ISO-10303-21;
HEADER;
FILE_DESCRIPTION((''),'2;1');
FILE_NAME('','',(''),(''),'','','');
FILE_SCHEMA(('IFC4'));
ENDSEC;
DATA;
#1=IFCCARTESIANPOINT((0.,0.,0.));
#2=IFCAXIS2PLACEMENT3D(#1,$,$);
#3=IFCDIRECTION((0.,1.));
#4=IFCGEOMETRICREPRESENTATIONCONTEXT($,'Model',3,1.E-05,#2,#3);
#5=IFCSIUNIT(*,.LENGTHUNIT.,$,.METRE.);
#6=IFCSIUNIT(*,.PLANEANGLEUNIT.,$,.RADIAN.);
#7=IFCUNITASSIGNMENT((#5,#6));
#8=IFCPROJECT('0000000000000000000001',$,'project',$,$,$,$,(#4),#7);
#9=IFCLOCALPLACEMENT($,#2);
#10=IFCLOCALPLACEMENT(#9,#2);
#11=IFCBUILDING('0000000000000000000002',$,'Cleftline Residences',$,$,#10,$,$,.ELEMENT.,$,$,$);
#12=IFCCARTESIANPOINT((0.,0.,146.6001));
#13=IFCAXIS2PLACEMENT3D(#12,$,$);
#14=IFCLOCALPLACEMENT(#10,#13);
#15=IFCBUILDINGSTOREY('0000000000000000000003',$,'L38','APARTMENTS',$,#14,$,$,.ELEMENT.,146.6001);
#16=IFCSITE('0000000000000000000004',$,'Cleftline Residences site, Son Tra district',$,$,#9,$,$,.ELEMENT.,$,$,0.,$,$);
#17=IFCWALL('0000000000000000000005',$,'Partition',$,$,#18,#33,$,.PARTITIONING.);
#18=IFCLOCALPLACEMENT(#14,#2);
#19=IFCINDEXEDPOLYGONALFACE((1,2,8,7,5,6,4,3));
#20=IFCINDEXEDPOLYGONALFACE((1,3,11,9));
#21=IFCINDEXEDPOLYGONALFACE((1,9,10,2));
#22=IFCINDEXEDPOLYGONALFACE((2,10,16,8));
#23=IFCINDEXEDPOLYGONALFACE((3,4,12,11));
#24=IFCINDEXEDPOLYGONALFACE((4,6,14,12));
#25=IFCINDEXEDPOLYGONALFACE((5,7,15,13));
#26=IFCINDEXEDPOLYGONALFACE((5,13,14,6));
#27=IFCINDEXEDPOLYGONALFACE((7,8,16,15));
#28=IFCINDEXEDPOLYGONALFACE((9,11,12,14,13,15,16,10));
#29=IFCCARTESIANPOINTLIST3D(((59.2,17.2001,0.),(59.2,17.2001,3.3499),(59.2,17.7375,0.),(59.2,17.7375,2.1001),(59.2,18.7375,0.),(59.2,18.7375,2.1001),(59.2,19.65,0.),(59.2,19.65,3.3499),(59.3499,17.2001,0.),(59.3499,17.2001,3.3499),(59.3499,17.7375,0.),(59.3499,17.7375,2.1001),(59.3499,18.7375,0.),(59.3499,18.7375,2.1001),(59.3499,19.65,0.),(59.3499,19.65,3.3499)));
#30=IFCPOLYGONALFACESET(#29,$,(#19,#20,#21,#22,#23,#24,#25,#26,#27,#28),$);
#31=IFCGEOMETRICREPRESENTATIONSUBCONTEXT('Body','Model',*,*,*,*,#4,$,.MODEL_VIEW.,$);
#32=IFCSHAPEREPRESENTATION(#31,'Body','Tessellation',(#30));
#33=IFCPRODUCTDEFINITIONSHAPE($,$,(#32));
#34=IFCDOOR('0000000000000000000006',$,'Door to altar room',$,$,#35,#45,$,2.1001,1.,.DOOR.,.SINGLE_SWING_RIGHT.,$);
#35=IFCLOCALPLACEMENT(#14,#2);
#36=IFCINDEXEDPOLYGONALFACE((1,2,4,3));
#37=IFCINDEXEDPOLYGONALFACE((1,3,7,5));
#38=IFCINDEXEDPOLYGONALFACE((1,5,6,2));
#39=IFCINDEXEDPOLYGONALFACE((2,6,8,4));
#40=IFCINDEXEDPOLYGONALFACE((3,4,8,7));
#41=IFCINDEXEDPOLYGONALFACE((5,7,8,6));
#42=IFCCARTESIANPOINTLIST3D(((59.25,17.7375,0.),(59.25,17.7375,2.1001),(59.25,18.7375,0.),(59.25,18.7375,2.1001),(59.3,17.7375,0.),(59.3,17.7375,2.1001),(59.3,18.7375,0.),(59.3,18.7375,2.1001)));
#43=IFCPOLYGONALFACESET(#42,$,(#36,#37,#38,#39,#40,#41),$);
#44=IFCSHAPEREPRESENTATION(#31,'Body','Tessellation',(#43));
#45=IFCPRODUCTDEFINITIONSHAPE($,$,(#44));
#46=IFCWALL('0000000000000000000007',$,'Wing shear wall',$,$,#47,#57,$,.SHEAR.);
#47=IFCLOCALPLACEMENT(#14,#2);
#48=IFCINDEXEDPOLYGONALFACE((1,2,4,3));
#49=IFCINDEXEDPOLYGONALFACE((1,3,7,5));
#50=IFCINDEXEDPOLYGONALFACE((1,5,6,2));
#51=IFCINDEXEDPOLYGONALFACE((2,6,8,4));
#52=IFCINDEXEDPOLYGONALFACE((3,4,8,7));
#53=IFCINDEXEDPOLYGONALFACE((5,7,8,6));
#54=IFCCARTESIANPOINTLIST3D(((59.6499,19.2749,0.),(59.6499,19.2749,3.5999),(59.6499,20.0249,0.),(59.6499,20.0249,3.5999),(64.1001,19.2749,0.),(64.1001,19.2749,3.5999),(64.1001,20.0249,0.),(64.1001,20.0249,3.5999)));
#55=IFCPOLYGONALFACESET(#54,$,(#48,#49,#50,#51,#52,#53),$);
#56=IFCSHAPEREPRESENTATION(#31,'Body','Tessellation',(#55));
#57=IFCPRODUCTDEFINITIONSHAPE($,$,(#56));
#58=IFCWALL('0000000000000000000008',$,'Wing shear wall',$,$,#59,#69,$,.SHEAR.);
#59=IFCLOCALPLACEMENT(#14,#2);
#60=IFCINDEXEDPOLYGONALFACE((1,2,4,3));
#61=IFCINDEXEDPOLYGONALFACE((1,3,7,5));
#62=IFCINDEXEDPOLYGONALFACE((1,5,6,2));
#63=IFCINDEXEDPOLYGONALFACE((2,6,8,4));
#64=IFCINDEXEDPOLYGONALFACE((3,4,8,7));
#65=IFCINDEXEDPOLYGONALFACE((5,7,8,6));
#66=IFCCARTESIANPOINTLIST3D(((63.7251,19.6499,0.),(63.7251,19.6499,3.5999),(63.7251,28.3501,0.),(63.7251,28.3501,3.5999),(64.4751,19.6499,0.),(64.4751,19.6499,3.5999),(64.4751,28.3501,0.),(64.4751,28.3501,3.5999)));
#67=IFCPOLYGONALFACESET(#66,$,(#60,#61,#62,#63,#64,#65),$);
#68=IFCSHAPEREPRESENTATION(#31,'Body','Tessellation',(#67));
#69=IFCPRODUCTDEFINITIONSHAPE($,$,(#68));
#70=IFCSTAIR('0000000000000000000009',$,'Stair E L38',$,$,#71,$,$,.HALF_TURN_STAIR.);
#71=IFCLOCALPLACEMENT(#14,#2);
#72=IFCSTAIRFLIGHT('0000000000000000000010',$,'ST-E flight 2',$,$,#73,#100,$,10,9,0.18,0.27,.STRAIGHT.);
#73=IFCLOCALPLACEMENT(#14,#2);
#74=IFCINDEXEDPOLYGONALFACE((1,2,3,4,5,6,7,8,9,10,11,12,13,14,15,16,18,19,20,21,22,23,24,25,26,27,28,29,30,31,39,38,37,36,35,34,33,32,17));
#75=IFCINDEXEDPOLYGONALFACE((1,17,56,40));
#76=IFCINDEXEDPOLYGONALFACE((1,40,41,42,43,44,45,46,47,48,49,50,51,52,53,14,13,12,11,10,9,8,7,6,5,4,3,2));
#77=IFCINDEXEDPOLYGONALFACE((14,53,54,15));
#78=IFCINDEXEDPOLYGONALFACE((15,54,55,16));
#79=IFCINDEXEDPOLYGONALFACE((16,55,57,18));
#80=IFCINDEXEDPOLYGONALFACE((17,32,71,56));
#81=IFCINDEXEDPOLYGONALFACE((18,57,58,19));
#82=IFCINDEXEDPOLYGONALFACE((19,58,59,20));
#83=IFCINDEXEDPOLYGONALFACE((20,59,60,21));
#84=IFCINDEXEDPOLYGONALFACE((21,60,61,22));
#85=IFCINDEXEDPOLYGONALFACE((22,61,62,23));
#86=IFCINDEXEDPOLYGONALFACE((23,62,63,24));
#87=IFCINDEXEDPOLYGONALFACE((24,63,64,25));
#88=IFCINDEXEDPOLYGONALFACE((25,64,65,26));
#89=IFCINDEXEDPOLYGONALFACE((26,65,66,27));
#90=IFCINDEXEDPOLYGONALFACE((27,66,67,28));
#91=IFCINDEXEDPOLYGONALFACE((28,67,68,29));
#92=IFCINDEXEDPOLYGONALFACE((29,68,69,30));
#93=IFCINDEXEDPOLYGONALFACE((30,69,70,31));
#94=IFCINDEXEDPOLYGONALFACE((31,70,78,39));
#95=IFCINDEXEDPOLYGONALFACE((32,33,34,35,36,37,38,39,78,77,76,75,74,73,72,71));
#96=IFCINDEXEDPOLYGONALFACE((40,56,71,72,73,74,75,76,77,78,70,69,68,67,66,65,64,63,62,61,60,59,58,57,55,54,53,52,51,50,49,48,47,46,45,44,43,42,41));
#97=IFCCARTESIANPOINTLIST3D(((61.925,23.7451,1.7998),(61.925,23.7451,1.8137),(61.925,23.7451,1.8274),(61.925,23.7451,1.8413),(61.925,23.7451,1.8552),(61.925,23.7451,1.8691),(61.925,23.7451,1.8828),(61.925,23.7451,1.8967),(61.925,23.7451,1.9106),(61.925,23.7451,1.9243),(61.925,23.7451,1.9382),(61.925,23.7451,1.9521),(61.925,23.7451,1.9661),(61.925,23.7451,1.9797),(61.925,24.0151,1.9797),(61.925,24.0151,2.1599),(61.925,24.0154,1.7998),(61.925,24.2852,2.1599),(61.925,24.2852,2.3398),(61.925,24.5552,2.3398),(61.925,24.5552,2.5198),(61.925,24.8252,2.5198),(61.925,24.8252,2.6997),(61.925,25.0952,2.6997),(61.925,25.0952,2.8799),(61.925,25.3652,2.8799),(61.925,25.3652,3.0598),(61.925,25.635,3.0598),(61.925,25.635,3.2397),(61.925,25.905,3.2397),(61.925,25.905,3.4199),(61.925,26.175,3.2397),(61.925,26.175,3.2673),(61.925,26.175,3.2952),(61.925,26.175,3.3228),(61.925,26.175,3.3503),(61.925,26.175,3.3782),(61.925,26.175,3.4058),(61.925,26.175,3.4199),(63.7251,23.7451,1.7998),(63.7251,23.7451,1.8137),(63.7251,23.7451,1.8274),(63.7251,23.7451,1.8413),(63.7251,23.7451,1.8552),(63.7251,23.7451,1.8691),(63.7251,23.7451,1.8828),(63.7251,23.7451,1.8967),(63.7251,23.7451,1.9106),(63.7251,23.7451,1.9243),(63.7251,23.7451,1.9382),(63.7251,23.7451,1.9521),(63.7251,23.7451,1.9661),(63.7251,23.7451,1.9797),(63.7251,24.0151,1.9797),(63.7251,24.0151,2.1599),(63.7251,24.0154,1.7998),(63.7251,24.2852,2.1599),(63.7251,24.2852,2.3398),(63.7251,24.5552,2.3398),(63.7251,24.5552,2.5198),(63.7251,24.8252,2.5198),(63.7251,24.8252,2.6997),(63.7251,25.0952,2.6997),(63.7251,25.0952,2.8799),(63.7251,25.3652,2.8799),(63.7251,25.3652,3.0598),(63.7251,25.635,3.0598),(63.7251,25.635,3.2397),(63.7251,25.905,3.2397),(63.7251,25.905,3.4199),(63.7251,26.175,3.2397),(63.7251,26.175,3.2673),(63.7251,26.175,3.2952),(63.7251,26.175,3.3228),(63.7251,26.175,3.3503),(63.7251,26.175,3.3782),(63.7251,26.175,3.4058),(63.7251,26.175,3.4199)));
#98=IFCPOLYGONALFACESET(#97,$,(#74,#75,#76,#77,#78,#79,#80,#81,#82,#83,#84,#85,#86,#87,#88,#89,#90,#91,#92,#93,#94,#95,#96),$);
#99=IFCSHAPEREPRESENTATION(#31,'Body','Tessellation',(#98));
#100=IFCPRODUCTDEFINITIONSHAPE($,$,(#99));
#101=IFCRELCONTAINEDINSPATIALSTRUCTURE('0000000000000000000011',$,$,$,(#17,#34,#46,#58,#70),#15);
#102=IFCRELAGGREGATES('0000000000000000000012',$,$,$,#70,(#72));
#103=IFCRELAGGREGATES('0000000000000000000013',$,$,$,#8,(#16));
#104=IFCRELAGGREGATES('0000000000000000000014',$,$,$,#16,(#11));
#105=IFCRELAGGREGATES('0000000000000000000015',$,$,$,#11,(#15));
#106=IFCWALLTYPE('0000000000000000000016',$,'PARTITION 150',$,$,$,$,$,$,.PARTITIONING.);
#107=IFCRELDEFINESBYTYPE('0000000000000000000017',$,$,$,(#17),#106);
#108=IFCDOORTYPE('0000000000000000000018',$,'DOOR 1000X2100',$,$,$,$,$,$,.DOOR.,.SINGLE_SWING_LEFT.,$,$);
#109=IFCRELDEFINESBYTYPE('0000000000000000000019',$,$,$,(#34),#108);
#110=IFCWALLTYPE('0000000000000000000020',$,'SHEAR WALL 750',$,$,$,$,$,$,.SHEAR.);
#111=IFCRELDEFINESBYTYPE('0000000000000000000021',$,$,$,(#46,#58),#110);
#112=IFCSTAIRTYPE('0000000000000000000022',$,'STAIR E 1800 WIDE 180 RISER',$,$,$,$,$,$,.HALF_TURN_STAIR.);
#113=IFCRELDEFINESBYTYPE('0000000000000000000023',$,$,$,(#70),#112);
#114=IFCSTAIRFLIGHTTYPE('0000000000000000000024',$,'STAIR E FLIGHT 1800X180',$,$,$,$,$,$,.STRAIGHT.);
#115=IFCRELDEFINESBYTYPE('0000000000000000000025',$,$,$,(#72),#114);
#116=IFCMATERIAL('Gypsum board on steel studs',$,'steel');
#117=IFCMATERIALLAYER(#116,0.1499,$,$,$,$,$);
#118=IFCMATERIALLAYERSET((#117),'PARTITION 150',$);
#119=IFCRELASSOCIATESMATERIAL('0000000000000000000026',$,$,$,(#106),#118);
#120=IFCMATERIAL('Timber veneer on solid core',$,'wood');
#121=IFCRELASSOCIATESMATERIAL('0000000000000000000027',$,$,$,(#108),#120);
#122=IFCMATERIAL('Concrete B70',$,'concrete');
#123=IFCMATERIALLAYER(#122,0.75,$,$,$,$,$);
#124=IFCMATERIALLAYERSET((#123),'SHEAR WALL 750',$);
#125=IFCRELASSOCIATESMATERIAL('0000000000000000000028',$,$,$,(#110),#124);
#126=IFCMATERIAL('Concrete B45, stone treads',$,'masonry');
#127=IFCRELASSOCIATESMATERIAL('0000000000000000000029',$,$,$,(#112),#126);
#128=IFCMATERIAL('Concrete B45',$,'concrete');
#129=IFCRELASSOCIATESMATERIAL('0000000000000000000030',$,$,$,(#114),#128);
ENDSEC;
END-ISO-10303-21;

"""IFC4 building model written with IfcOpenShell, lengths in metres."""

from ifc_helpers import new_model, si_unit, direction, frame, frame_2d, origin, place, context, subcontext, project, spatial, polyline, rectangle, outline, extrude, material, layer, layer_set, type_object, element, fill, aggregate, save


model = new_model("IFC4")

# Units and contexts
model_context = context("Model", 3, precision=1e-05, world=origin(), true_north=direction((0.0, 1.0)))
body_context = subcontext(model_context, "Body", "Model", "MODEL_VIEW")
ifc_project = project(units=[si_unit("LENGTHUNIT", "METRE"), si_unit("PLANEANGLEUNIT", "RADIAN")], contexts=[model_context])

# Site, building, storey
site_placement = place(None, origin())
site = spatial("IfcSite", under=ifc_project, at=site_placement, Name="Cleftline Residences site, Son Tra district", CompositionType="ELEMENT", RefElevation=0.0)
building_placement = place(site_placement, origin())
building = spatial("IfcBuilding", under=site, at=building_placement, Name="Cleftline Residences", CompositionType="ELEMENT")
storey_placement = place(building_placement, frame((0.0, 0.0, 146.6001)))
storey = spatial("IfcBuildingStorey", under=building, at=storey_placement, Name="L38", Description="APARTMENTS", CompositionType="ELEMENT", Elevation=146.6001)

# Shared definitions
ifc_material_1 = material(Name="Gypsum board on steel studs", Category="steel")
ifc_layer_1 = layer(ifc_material_1, 0.1499)
ifc_layer_set_1 = layer_set([ifc_layer_1], Name="PARTITION 150")
wall_type_1 = type_object("IfcWallType", Name="PARTITION 150", PredefinedType="PARTITIONING", material=ifc_layer_set_1)

# Shared definitions
ifc_material_2 = material(Name="Timber veneer on solid core", Category="wood")
door_type_1 = type_object("IfcDoorType", Name="DOOR 1000X2100", OperationType="SINGLE_SWING_LEFT", PredefinedType="DOOR", material=ifc_material_2)

# Wall, opening, door
wall_1_placement = place(storey_placement, frame((59.2749, 17.2, 0.0), z_axis=(0.0, 0.0, 1.0), x_axis=(0.0, 1.0, 0.0)))
wall_1 = element("IfcWall", 1, at=wall_1_placement, inside=storey, type_object=wall_type_1, Name="Partition", PredefinedType="PARTITIONING", context=body_context, shape_type="SweptSolid", body=[
    extrude(rectangle(XDim=2.45, YDim=0.1499, at=frame_2d((1.2251, 0.0))), origin(), (0.0, 0.0, 1.0), 3.3499),
])
opening_1_placement = place(wall_1_placement, frame((0.5376, 0.0, 0.0)))
opening_1 = element("IfcOpeningElement", 2, at=opening_1_placement, cuts=wall_1, PredefinedType="OPENING", context=body_context, shape_type="SweptSolid", body=[
    extrude(rectangle(XDim=1.0, YDim=2.1001, at=frame_2d((0.5, 1.05))), frame((0.0, 0.085, 0.0), z_axis=(0.0, -1.0, 0.0), x_axis=(1.0, 0.0, 0.0)), (0.0, 0.0, 1.0), 0.1699),
])
door_1_placement = place(opening_1_placement, origin())
door_1 = element("IfcDoor", 3, at=door_1_placement, inside=storey, type_object=door_type_1, Name="Door to altar room", OperationType="SINGLE_SWING_RIGHT", OverallHeight=2.1001, OverallWidth=1.0, PredefinedType="DOOR", context=body_context, shape_type="SweptSolid", body=[
    extrude(rectangle(XDim=1.0, YDim=2.1001, at=frame_2d((0.5, 1.05))), frame((0.0, 0.0249, 0.0), z_axis=(0.0, -1.0, 0.0), x_axis=(1.0, 0.0, 0.0)), (0.0, 0.0, 1.0), 0.05),
])
fill(opening_1, door_1)

# Walls
ifc_material_3 = material(Name="Concrete B70", Category="concrete")
ifc_layer_2 = layer(ifc_material_3, 0.75)
ifc_layer_set_2 = layer_set([ifc_layer_2], Name="SHEAR WALL 750")
wall_type_2 = type_object("IfcWallType", Name="SHEAR WALL 750", PredefinedType="SHEAR", material=ifc_layer_set_2)
wall_2_placement = place(storey_placement, frame((59.6499, 19.6499, 0.0), z_axis=(0.0, 0.0, 1.0), x_axis=(1.0, 0.0, 0.0)))
element("IfcWall", 4, at=wall_2_placement, inside=storey, type_object=wall_type_2, Name="Wing shear wall", PredefinedType="SHEAR", context=body_context, shape_type="SweptSolid", body=[
    extrude(rectangle(XDim=4.4502, YDim=0.75, at=frame_2d((2.2251, 0.0))), origin(), (0.0, 0.0, 1.0), 3.5999),
])
wall_3_placement = place(storey_placement, frame((64.1001, 19.6499, 0.0), z_axis=(0.0, 0.0, 1.0), x_axis=(0.0, 1.0, 0.0)))
element("IfcWall", 5, at=wall_3_placement, inside=storey, type_object=wall_type_2, Name="Wing shear wall", PredefinedType="SHEAR", context=body_context, shape_type="SweptSolid", body=[
    extrude(rectangle(XDim=8.7002, YDim=0.75, at=frame_2d((4.3501, 0.0))), origin(), (0.0, 0.0, 1.0), 3.5999),
])

# Stair, stair flight
ifc_material_4 = material(Name="Concrete B45, stone treads", Category="masonry")
stair_type = type_object("IfcStairType", Name="STAIR E 1800 WIDE 180 RISER", PredefinedType="HALF_TURN_STAIR", material=ifc_material_4)
stair_placement = place(storey_placement, origin())
stair = element("IfcStair", 6, at=stair_placement, inside=storey, type_object=stair_type, Name="Stair E L38", PredefinedType="HALF_TURN_STAIR")
ifc_material_5 = material(Name="Concrete B45", Category="concrete")
stair_flight_type = type_object("IfcStairFlightType", Name="STAIR E FLIGHT 1800X180", PredefinedType="STRAIGHT", material=ifc_material_5)
stair_flight_placement = place(storey_placement, frame((62.825, 23.7451, 1.7998), z_axis=(0.0, 0.0, 1.0), x_axis=(0.0, 1.0, 0.0)))
stair_flight = element("IfcStairFlight", 7, at=stair_flight_placement, type_object=stair_flight_type, Name="ST-E flight 2", NumberOfRisers=10, NumberOfTreads=9, PredefinedType="STRAIGHT", RiserHeight=0.18, TreadLength=0.27, context=body_context, shape_type="SweptSolid", body=[
    extrude(outline(polyline([(0.0, 0.0), (0.0, 0.0139), (0.0, 0.0276), (0.0, 0.0415), (0.0, 0.0554), (0.0, 0.0693), (0.0, 0.083), (0.0, 0.0969), (0.0, 0.1108), (0.0, 0.1245), (0.0, 0.1384), (0.0, 0.1523), (0.0, 0.1663), (0.0, 0.1799), (0.27, 0.1799), (0.27, 0.3601), (0.54, 0.3601), (0.54, 0.54), (0.8101, 0.54), (0.8101, 0.72), (1.0801, 0.72), (1.0801, 0.8999), (1.3501, 0.8999), (1.3501, 1.0801), (1.6201, 1.0801), (1.6201, 1.26), (1.8899, 1.26), (1.8899, 1.4399), (2.1599, 1.4399), (2.1599, 1.6201), (2.4299, 1.6201), (2.4299, 1.8), (2.4299, 1.7722), (2.4299, 1.7446), (2.4299, 1.7168), (2.4299, 1.6892), (2.4299, 1.6614), (2.4299, 1.6338), (2.4299, 1.606), (2.4299, 1.5784), (2.4299, 1.5505), (2.4299, 1.5229), (2.4299, 1.4954), (2.4299, 1.4675), (2.4299, 1.4399), (0.2703, 0.0), (0.0, 0.0)])), frame((0.0, 0.8999, 0.0), z_axis=(0.0, -1.0, 0.0), x_axis=(1.0, 0.0, 0.0)), (0.0, 0.0, 1.0), 1.8),
])
aggregate(stair, [stair_flight])

save(model, "model.ifc")
